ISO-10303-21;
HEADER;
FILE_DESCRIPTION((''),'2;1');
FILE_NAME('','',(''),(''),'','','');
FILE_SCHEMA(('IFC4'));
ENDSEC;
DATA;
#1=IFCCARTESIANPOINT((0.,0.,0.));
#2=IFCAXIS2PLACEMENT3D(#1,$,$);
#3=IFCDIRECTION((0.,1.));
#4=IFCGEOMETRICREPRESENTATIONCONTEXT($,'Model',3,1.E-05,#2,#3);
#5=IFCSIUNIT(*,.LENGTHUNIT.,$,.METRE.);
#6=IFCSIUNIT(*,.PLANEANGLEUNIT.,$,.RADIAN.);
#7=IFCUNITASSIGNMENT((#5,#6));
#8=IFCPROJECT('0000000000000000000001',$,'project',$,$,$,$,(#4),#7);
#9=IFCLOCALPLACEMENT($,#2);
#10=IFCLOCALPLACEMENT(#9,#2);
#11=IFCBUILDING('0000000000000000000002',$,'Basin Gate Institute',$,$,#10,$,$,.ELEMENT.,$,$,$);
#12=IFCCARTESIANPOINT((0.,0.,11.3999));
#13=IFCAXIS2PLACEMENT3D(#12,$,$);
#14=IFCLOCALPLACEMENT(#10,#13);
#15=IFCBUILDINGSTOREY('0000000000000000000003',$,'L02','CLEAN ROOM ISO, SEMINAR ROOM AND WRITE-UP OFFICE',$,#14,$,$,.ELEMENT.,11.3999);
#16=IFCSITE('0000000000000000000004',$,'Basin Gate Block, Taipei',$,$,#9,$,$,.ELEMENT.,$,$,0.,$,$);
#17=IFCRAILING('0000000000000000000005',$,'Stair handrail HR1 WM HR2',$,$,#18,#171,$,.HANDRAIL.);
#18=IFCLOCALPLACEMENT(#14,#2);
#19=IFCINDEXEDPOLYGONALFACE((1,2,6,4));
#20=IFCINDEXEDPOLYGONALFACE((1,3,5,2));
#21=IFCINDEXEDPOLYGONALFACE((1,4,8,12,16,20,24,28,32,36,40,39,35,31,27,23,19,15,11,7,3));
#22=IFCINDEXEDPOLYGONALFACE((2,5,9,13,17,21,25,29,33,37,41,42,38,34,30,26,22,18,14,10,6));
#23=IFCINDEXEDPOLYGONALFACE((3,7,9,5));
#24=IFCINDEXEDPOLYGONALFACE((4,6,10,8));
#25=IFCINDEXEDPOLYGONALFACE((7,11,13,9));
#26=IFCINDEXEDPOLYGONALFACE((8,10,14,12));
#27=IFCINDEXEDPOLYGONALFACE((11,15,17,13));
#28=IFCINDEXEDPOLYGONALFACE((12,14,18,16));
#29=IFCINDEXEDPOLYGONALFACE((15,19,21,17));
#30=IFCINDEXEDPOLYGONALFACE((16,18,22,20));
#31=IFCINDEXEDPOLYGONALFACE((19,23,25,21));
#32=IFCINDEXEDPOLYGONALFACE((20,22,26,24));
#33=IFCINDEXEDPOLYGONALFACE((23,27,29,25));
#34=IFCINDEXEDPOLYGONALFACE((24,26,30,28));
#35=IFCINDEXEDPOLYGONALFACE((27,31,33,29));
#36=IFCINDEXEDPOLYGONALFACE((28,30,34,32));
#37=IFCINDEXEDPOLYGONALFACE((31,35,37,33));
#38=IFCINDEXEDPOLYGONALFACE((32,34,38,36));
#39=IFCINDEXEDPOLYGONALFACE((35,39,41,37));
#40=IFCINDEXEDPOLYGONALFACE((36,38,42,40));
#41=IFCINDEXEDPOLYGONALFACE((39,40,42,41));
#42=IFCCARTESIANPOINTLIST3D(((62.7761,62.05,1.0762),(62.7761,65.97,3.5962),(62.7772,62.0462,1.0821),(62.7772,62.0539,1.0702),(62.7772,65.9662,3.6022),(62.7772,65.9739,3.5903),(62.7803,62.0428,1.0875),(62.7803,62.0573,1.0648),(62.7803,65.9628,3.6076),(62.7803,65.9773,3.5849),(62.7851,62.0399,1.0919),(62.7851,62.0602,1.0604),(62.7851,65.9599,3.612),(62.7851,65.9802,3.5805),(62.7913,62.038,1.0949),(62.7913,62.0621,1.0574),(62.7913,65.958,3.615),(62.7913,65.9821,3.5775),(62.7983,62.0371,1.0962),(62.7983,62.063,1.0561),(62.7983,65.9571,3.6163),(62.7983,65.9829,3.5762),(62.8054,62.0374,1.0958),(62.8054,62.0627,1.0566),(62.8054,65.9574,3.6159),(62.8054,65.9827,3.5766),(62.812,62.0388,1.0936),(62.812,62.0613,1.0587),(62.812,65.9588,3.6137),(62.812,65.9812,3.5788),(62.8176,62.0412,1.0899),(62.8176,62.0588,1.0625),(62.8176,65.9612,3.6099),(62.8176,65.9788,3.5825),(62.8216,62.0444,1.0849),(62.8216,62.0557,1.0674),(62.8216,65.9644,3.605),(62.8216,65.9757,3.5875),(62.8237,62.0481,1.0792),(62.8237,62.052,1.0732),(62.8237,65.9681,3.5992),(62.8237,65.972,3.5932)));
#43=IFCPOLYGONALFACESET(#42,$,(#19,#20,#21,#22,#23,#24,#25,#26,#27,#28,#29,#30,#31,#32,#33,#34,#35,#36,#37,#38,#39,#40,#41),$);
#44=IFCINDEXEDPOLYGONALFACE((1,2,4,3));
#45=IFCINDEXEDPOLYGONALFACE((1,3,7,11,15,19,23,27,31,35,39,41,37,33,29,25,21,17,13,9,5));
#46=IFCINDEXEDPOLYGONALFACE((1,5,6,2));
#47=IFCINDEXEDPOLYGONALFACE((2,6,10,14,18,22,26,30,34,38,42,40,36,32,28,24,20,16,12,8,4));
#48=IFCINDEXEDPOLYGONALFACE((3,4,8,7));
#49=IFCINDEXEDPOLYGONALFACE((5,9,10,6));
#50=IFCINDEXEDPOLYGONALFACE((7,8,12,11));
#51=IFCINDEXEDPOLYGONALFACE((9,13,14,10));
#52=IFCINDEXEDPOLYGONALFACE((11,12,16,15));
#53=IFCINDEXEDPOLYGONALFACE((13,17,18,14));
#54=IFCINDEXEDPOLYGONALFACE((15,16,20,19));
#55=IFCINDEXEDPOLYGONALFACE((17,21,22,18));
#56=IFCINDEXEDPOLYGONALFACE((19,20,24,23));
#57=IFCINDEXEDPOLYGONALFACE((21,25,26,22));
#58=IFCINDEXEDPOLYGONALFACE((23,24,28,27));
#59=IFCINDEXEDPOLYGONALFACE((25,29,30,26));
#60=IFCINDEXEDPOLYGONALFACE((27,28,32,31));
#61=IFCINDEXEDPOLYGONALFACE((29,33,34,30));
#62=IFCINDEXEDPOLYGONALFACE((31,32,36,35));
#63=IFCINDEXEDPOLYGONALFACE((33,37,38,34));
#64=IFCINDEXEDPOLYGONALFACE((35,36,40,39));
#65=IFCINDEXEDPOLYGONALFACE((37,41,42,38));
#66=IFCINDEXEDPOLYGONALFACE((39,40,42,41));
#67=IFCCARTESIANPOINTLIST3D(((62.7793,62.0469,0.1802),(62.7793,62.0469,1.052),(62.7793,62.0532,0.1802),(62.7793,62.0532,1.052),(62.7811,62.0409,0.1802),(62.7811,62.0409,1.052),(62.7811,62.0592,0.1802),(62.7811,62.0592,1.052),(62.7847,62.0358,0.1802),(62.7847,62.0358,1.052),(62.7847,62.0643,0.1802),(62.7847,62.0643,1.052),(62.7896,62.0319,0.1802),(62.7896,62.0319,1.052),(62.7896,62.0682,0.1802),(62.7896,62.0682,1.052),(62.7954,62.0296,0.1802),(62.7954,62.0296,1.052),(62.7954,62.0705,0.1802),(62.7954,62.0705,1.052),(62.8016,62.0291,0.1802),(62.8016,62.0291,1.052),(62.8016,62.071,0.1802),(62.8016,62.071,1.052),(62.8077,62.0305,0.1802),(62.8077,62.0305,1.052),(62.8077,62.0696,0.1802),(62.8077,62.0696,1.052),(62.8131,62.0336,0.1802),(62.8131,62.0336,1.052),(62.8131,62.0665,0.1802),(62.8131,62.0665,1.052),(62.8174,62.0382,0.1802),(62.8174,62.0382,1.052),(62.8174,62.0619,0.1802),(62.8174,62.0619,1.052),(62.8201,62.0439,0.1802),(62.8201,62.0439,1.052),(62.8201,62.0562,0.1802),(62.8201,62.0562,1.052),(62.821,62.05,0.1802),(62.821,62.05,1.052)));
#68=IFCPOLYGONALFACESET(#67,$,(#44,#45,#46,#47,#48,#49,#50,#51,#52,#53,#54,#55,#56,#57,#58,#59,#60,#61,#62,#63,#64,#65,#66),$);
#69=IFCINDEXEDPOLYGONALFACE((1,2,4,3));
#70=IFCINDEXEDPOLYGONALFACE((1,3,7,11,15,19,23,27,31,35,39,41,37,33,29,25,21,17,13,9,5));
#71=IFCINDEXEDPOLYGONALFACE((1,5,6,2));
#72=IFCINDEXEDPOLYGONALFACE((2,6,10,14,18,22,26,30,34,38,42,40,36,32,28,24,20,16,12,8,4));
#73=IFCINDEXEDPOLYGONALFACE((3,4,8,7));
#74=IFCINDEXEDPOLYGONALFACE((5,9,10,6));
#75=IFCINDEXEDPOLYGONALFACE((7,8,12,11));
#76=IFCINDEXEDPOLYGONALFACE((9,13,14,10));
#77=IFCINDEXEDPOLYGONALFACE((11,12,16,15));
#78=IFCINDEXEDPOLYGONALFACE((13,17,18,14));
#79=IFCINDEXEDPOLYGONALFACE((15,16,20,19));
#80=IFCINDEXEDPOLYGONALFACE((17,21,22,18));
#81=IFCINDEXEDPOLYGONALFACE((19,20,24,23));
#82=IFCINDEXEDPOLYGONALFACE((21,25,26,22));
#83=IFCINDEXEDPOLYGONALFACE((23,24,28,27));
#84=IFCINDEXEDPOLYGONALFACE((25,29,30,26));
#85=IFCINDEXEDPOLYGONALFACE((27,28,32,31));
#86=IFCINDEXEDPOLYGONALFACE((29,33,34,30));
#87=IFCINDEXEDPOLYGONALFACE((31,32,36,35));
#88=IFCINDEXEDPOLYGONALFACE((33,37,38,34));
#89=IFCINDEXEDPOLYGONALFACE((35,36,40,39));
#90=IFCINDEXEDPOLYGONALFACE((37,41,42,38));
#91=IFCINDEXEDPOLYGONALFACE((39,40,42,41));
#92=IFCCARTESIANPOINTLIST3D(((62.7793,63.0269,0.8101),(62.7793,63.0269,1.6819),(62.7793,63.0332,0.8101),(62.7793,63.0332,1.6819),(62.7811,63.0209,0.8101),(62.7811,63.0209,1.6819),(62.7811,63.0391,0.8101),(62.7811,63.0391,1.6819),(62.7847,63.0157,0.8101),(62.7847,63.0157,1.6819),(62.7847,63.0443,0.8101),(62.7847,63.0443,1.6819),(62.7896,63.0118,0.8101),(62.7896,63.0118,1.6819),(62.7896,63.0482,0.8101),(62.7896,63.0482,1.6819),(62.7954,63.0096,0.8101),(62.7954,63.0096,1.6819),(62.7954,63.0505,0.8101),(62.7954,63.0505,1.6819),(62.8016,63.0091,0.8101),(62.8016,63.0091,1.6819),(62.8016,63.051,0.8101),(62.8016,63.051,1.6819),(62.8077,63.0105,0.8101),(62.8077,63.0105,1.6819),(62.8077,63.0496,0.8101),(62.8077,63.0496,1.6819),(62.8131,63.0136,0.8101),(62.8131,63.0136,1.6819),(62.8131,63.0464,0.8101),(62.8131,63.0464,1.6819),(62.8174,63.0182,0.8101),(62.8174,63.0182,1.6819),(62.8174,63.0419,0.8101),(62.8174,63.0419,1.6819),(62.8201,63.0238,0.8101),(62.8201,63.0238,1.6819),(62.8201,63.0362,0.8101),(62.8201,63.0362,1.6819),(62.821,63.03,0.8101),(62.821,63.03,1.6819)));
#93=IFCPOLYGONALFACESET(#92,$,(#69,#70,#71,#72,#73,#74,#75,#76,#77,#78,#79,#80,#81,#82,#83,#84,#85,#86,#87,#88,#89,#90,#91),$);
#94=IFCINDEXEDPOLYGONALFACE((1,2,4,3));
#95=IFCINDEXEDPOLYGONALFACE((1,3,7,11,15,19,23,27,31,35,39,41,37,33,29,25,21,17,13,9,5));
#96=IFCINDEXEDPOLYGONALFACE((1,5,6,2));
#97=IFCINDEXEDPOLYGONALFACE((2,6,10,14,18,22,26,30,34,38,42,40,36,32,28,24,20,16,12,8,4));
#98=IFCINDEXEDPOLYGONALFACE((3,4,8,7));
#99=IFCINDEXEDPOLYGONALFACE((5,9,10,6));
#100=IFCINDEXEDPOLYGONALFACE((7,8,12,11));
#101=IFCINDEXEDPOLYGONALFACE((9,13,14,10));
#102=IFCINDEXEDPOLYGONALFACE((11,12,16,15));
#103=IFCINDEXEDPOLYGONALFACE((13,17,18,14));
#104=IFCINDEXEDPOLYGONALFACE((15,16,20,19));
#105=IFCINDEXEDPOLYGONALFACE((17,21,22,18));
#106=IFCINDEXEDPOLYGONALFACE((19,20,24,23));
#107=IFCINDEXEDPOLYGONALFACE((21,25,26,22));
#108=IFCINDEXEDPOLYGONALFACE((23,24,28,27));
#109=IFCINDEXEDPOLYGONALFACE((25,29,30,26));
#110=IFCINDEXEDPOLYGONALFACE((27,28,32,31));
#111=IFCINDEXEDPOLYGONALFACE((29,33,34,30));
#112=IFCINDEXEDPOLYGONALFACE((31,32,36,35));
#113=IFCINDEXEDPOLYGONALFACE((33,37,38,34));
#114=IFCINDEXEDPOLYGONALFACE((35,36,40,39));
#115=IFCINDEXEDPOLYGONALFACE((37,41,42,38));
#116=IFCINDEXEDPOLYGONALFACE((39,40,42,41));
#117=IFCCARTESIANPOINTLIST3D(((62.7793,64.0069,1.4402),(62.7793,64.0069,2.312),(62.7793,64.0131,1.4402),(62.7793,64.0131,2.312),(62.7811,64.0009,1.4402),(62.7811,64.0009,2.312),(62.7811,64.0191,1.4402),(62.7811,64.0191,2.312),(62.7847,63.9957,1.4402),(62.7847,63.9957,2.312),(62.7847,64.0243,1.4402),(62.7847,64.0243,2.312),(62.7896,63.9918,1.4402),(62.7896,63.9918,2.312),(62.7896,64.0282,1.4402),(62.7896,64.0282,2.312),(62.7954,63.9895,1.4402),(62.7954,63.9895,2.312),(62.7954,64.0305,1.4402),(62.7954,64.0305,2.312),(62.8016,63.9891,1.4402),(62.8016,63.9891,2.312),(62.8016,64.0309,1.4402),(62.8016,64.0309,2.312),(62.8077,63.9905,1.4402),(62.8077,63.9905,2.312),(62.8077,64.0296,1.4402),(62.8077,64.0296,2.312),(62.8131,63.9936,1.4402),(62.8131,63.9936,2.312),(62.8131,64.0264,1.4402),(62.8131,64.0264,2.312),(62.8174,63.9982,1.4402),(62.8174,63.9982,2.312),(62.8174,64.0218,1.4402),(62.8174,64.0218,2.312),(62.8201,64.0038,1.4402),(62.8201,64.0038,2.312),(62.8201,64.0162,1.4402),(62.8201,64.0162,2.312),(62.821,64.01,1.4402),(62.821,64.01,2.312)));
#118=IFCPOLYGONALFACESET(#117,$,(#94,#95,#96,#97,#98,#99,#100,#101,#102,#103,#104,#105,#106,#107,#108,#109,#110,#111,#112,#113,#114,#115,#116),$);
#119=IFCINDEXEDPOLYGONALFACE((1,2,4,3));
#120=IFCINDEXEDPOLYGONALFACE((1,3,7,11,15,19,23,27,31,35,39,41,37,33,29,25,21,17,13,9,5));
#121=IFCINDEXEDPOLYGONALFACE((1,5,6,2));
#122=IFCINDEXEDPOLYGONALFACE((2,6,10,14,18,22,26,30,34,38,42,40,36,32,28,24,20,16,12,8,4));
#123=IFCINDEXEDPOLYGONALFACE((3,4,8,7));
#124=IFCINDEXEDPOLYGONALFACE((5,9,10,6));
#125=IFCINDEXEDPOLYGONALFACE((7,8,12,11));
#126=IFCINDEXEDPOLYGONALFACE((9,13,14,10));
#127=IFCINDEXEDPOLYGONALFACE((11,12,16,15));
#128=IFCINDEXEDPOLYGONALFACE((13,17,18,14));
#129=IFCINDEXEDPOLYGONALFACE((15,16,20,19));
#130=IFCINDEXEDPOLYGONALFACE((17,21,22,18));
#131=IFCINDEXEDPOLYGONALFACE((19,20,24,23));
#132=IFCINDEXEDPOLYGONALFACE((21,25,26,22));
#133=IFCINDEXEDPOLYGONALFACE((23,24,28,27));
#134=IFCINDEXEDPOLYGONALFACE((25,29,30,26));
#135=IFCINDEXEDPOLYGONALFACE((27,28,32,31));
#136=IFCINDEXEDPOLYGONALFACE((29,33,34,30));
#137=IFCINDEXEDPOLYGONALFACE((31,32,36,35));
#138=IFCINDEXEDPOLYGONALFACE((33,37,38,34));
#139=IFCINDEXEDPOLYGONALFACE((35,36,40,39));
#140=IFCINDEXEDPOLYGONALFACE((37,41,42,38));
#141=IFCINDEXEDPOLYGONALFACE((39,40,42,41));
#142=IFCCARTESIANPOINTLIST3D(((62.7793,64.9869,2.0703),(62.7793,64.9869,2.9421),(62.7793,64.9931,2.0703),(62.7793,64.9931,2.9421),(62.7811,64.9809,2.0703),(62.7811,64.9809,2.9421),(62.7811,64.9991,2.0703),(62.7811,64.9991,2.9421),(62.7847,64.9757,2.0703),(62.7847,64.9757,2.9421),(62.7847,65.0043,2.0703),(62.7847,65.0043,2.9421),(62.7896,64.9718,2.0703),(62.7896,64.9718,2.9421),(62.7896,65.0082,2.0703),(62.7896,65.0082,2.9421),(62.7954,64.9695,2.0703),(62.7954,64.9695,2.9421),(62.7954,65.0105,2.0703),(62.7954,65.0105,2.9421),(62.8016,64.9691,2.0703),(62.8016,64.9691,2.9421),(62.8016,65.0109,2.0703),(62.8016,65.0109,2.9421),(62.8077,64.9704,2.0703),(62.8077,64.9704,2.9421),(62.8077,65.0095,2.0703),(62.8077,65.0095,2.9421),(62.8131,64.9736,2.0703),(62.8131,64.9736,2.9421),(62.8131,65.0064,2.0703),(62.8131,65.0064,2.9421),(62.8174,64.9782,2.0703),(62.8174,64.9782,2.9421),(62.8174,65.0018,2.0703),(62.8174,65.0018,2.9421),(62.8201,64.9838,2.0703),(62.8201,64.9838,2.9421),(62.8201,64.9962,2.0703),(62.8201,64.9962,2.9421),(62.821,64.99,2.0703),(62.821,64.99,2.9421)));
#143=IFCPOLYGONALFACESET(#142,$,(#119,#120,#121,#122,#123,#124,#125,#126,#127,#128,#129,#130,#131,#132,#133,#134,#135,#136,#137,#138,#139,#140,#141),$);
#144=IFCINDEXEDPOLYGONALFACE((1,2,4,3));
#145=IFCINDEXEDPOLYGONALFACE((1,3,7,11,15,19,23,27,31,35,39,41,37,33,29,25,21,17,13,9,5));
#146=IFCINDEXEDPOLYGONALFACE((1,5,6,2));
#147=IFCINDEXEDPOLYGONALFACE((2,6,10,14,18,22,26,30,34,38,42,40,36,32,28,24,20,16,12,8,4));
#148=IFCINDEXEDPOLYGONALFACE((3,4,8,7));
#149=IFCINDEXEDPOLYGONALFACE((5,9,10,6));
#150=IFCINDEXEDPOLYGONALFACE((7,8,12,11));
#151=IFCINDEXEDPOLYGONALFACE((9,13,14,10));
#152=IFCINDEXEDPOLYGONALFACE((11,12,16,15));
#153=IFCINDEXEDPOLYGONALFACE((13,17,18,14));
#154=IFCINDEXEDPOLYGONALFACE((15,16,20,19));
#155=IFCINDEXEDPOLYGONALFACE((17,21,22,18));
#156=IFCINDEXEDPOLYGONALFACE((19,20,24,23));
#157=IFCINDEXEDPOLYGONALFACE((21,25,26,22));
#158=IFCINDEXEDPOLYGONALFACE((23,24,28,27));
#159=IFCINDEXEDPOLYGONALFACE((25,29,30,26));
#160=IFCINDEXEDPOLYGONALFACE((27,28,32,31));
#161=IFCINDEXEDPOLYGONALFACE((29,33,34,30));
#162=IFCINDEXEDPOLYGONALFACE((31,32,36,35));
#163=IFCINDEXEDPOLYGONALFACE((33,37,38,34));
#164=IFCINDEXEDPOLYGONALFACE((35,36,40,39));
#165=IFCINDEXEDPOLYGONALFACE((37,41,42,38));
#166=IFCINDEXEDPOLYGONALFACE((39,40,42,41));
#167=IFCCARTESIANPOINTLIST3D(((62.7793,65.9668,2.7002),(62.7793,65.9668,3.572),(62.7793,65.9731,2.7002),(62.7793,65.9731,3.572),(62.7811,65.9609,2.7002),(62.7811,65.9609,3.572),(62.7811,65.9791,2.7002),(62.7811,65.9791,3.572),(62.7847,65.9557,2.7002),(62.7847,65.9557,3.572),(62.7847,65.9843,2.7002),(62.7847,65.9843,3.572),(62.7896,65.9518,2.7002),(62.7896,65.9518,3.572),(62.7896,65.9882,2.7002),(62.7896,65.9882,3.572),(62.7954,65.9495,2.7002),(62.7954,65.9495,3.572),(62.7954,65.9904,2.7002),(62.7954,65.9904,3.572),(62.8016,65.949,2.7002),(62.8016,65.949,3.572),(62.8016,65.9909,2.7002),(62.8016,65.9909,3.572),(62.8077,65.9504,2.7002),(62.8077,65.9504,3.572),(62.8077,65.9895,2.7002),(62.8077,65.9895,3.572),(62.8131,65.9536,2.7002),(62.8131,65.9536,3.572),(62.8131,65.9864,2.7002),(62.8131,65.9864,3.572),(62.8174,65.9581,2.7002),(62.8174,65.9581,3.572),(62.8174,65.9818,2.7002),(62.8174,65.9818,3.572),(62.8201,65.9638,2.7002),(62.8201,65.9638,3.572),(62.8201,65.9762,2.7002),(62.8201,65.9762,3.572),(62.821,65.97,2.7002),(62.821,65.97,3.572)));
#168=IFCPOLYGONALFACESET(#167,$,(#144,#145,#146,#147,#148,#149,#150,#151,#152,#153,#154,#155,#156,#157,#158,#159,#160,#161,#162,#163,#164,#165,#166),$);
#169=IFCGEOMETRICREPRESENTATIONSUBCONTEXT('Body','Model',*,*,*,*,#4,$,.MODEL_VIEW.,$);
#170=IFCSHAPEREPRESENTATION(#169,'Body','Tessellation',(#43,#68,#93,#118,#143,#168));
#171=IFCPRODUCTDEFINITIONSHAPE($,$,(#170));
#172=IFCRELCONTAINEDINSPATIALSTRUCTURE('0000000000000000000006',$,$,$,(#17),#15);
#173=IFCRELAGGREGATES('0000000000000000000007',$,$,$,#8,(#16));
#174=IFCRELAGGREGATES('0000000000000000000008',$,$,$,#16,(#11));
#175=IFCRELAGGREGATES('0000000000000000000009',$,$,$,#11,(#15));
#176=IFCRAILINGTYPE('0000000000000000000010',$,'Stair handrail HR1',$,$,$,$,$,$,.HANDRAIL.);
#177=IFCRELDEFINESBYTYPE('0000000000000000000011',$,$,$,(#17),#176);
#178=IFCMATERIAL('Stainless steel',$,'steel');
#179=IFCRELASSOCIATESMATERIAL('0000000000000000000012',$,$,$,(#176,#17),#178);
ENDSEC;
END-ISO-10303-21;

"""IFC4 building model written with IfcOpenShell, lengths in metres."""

from ifc_helpers import new_model, si_unit, direction, frame, origin, origin_2d, place, context, subcontext, project, spatial, circle, extrude, material, type_object, element, save


model = new_model("IFC4")

# Units and contexts
model_context = context("Model", 3, precision=1e-05, world=origin(), true_north=direction((0.0, 1.0)))
body_context = subcontext(model_context, "Body", "Model", "MODEL_VIEW")
ifc_project = project(units=[si_unit("LENGTHUNIT", "METRE"), si_unit("PLANEANGLEUNIT", "RADIAN")], contexts=[model_context])

# Site, building, storey
site_placement = place(None, origin())
site = spatial("IfcSite", under=ifc_project, at=site_placement, Name="Basin Gate Block, Taipei", CompositionType="ELEMENT", RefElevation=0.0)
building_placement = place(site_placement, origin())
building = spatial("IfcBuilding", under=site, at=building_placement, Name="Basin Gate Institute", CompositionType="ELEMENT")
storey_placement = place(building_placement, frame((0.0, 0.0, 11.3999)))
storey = spatial("IfcBuildingStorey", under=building, at=storey_placement, Name="L02", Description="CLEAN ROOM ISO, SEMINAR ROOM AND WRITE-UP OFFICE", CompositionType="ELEMENT", Elevation=11.3999)

# Railing
ifc_material_1 = material(Name="Stainless steel", Category="steel")
railing_type_1 = type_object("IfcRailingType", Name="Stair handrail HR1", PredefinedType="HANDRAIL", material=ifc_material_1)
for number, where, name in (
    (1, (62.8, 62.05, 0.1802), "Stair handrail HR1 WM HR2"),
):
    element("IfcRailing", number, at=place(storey_placement, frame(where)), inside=storey, type_object=railing_type_1, material=ifc_material_1, Name=name, PredefinedType="HANDRAIL", context=body_context, shape_type="SweptSolid", body=[
        extrude(circle(Radius=0.0239, at=origin_2d()), frame((0.0, 0.0, 0.896), z_axis=(0.0, 0.841172, 0.540768), x_axis=(-1.0, 0.0, 0.0)), (0.0, 0.0, 1.0), 4.6602),
        extrude(circle(Radius=0.021, at=origin_2d()), origin(), (0.0, 0.0, 1.0), 0.8718),
        extrude(circle(Radius=0.021, at=origin_2d()), frame((0.0, 0.98, 0.6299)), (0.0, 0.0, 1.0), 0.8718),
        extrude(circle(Radius=0.021, at=origin_2d()), frame((0.0, 1.96, 1.26)), (0.0, 0.0, 1.0), 0.8718),
        extrude(circle(Radius=0.021, at=origin_2d()), frame((0.0, 2.9399, 1.8901)), (0.0, 0.0, 1.0), 0.8718),
        extrude(circle(Radius=0.021, at=origin_2d()), frame((0.0, 3.9199, 2.52)), (0.0, 0.0, 1.0), 0.8718),
    ])

save(model, "model.ifc")
